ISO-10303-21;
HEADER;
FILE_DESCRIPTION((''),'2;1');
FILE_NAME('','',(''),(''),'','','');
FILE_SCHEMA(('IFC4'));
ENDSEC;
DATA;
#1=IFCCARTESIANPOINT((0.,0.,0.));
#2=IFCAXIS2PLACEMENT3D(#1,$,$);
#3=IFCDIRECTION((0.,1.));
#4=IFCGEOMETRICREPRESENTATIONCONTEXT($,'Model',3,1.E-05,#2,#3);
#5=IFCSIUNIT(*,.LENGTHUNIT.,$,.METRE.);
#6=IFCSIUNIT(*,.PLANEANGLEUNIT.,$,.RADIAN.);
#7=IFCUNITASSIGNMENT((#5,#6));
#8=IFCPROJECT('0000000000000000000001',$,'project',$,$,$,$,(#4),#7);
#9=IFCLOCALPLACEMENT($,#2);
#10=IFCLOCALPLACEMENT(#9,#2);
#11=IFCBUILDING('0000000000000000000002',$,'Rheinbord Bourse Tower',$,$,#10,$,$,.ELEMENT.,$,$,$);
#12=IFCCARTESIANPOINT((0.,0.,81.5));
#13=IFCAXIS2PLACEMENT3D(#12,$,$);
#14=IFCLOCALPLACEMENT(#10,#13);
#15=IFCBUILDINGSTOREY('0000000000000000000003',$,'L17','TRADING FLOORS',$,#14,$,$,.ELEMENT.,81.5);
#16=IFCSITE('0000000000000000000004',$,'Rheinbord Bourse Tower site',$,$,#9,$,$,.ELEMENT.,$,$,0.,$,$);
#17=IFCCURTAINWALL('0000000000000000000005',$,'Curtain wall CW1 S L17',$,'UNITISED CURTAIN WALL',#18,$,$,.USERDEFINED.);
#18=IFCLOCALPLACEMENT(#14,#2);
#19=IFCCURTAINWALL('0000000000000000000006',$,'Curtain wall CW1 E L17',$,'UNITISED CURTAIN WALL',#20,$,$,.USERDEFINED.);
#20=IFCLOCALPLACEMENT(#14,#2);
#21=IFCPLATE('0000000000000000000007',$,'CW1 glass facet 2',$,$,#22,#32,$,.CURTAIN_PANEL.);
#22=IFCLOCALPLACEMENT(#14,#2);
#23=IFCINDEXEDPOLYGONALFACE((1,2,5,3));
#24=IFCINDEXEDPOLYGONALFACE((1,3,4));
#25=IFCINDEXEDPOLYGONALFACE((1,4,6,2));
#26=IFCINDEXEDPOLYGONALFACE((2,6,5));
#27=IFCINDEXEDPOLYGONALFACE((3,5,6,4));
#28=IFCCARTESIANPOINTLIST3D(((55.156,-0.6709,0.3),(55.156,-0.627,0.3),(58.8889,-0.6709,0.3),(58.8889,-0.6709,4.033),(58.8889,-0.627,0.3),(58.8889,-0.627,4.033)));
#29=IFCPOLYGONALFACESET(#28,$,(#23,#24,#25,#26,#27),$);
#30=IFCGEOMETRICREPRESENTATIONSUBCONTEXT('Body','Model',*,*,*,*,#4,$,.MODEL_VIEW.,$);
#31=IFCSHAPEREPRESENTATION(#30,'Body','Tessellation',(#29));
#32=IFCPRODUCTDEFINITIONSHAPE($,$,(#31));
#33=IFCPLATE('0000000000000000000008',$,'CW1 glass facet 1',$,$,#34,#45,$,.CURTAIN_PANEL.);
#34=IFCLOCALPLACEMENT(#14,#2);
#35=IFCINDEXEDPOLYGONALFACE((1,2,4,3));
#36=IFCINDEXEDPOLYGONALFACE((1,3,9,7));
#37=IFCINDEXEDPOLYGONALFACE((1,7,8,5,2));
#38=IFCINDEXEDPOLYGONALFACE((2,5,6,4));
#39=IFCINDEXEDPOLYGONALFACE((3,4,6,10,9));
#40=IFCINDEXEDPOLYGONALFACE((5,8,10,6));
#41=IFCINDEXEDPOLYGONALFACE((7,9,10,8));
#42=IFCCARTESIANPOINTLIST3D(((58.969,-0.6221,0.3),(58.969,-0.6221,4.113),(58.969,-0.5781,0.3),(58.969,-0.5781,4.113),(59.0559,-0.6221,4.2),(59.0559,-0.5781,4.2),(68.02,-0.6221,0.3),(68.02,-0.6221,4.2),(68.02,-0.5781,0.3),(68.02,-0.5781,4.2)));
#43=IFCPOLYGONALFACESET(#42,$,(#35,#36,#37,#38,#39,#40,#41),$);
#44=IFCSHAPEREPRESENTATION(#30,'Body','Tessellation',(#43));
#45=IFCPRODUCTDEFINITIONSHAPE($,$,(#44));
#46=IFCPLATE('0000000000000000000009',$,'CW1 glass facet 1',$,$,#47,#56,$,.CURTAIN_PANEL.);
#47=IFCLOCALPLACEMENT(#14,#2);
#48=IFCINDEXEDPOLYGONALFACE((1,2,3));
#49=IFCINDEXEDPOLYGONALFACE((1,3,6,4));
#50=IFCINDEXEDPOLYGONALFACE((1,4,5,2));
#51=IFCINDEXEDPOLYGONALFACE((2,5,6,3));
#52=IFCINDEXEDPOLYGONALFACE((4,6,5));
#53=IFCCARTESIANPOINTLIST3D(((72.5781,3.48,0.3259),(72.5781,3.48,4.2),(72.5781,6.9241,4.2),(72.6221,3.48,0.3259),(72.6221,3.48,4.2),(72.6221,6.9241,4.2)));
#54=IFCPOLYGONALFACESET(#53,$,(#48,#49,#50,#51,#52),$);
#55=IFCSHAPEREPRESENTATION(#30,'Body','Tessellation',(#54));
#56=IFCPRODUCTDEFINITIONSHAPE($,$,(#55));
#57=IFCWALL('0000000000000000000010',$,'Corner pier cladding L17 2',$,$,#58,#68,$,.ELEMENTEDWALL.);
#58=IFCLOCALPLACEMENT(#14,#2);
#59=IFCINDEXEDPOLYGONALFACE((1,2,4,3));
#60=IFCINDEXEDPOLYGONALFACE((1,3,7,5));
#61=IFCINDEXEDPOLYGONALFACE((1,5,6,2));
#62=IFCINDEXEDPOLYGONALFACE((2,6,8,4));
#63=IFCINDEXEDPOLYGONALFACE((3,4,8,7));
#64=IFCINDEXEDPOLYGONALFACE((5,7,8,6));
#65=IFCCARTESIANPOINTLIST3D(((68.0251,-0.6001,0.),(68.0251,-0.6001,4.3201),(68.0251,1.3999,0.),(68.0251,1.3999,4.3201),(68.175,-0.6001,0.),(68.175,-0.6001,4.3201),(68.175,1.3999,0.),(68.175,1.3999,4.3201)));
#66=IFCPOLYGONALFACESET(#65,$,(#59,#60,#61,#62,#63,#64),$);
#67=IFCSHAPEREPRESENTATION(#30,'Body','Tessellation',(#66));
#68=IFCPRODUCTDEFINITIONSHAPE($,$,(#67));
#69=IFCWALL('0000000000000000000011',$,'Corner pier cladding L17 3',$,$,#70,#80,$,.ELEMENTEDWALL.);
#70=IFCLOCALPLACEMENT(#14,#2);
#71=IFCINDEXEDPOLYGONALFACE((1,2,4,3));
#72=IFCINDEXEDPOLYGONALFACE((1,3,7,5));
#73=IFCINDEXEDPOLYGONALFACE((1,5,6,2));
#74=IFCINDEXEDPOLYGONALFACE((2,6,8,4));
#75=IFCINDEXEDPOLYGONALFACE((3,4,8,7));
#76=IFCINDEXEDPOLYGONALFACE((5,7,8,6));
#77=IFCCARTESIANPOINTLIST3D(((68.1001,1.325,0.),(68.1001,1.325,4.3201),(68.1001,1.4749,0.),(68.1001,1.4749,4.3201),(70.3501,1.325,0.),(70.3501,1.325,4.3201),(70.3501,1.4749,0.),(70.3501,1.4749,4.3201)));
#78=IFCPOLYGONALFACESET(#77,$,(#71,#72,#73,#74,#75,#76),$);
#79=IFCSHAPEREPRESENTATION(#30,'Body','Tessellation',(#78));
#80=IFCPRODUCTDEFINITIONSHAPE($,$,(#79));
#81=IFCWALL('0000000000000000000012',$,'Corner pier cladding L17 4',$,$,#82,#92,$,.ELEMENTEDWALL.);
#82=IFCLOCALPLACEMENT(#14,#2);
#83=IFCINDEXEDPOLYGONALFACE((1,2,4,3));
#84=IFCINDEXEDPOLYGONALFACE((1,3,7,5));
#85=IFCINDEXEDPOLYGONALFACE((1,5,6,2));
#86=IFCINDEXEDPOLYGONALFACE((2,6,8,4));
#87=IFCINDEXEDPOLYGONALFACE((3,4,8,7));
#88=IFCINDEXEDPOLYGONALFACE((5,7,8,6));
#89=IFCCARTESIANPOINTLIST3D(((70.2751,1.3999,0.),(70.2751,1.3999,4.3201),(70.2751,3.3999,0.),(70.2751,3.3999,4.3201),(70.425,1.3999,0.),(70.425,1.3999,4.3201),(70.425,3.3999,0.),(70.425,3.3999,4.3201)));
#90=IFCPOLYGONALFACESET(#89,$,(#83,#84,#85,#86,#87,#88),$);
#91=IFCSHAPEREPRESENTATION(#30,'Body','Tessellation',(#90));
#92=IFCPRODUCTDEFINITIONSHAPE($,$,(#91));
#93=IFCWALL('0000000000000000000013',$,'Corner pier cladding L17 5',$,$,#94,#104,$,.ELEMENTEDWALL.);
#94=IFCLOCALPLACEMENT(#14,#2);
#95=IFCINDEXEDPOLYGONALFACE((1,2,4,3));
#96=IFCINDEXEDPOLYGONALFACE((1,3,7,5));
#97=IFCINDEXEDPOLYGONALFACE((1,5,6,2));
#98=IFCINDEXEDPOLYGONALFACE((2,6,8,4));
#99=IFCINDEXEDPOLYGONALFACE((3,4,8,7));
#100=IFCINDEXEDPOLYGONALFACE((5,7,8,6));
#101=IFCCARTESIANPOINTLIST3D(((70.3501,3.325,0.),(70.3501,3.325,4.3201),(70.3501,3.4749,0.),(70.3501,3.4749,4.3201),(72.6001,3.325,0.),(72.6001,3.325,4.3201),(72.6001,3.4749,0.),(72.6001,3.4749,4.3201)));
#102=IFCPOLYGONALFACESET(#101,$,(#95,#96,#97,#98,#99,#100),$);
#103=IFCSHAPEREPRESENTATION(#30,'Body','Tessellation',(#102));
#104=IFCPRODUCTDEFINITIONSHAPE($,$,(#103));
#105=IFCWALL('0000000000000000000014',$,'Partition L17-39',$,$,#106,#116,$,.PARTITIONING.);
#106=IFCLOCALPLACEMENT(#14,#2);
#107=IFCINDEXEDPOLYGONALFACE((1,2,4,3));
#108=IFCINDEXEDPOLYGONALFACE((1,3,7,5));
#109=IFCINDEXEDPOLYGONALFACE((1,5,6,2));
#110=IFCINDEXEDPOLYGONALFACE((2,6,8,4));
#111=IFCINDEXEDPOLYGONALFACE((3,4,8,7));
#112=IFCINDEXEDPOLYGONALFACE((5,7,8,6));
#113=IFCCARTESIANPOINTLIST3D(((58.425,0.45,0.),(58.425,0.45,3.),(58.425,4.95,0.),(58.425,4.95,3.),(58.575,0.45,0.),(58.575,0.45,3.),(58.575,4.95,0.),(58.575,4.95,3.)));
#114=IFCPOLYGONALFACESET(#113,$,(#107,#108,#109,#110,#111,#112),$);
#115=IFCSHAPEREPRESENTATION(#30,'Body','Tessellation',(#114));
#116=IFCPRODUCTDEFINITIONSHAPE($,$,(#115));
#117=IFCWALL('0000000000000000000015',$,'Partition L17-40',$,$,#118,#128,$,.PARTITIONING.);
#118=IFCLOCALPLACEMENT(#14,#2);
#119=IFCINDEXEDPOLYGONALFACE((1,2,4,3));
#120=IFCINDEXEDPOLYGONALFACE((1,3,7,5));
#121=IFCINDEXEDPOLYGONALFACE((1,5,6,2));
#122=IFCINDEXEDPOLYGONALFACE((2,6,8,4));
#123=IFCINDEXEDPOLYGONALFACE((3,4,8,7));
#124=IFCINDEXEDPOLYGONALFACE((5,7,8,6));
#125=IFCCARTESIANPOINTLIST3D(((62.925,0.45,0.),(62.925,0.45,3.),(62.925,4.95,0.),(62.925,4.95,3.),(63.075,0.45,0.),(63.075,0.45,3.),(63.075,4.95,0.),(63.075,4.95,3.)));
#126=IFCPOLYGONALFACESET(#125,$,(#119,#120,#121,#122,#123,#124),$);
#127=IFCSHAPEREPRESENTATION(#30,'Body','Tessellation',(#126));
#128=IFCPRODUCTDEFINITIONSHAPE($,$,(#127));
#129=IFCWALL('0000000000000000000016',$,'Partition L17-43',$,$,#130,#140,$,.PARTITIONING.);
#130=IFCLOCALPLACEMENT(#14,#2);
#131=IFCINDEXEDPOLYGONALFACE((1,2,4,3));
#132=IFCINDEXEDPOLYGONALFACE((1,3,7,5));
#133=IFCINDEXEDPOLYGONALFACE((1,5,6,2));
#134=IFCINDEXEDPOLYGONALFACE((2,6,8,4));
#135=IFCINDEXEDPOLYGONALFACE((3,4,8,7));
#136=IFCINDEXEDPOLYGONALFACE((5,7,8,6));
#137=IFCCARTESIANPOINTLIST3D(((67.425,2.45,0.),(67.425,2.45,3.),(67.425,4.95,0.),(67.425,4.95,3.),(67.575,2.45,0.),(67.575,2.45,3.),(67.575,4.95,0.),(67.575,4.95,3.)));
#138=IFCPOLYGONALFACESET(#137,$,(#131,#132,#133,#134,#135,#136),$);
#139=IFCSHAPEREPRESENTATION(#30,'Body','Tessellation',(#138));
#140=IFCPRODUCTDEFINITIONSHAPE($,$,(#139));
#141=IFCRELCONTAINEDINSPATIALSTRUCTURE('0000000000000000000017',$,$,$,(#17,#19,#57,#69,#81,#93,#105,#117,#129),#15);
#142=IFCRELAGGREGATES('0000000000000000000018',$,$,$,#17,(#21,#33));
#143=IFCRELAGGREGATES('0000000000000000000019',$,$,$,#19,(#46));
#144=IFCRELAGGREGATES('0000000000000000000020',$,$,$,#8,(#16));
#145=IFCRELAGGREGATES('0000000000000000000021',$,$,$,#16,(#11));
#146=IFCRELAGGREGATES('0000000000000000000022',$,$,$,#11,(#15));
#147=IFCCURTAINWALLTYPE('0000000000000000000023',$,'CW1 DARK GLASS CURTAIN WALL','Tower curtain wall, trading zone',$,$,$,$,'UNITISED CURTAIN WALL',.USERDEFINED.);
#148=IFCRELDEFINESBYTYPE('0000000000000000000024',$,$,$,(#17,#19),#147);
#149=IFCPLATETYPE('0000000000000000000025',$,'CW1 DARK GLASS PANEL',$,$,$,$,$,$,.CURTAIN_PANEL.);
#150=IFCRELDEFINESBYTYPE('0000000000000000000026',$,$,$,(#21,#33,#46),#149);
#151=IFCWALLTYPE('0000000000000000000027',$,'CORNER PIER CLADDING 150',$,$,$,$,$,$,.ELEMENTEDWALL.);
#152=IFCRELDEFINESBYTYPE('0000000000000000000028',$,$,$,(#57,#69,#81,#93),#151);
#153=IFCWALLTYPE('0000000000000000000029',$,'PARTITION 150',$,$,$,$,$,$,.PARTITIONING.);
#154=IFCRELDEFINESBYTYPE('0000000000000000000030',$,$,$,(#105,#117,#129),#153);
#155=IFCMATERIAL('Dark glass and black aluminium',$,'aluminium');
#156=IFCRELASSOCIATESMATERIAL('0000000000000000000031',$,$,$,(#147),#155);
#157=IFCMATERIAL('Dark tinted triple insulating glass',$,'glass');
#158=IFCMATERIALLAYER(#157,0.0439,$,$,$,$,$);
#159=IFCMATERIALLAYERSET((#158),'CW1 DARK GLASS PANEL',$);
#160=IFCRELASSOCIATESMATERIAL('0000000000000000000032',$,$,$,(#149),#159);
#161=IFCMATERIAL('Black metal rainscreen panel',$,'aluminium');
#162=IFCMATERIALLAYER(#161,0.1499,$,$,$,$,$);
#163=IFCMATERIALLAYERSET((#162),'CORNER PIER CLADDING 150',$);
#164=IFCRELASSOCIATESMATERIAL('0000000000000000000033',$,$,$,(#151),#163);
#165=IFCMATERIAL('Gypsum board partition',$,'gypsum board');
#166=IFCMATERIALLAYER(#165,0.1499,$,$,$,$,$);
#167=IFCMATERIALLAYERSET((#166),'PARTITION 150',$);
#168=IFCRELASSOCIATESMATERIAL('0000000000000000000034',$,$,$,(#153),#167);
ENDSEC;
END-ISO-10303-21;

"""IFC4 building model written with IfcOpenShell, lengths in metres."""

from ifc_helpers import new_model, si_unit, direction, frame, frame_2d, origin, place, context, subcontext, project, spatial, polyline, rectangle, outline, extrude, material, layer, layer_set, type_object, element, aggregate, save


model = new_model("IFC4")

# Units and contexts
model_context = context("Model", 3, precision=1e-05, world=origin(), true_north=direction((0.0, 1.0)))
body_context = subcontext(model_context, "Body", "Model", "MODEL_VIEW")
ifc_project = project(units=[si_unit("LENGTHUNIT", "METRE"), si_unit("PLANEANGLEUNIT", "RADIAN")], contexts=[model_context])

# Site, building, storey
site_placement = place(None, origin())
site = spatial("IfcSite", under=ifc_project, at=site_placement, Name="Rheinbord Bourse Tower site", CompositionType="ELEMENT", RefElevation=0.0)
building_placement = place(site_placement, origin())
building = spatial("IfcBuilding", under=site, at=building_placement, Name="Rheinbord Bourse Tower", CompositionType="ELEMENT")
storey_placement = place(building_placement, frame((0.0, 0.0, 81.5)))
storey = spatial("IfcBuildingStorey", under=building, at=storey_placement, Name="L17", Description="TRADING FLOORS", CompositionType="ELEMENT", Elevation=81.5)

# Curtain wall
ifc_material_1 = material(Name="Dark glass and black aluminium", Category="aluminium")
curtain_wall_type = type_object("IfcCurtainWallType", Name="CW1 DARK GLASS CURTAIN WALL", Description="Tower curtain wall, trading zone", ElementType="UNITISED CURTAIN WALL", PredefinedType="USERDEFINED", material=ifc_material_1)
curtain_wall_1_placement = place(storey_placement, origin())
curtain_wall_1 = element("IfcCurtainWall", 1, at=curtain_wall_1_placement, inside=storey, type_object=curtain_wall_type, Name="Curtain wall CW1 S L17", ObjectType="UNITISED CURTAIN WALL", PredefinedType="USERDEFINED")

# Curtain wall
curtain_wall_2_placement = place(storey_placement, origin())
curtain_wall_2 = element("IfcCurtainWall", 2, at=curtain_wall_2_placement, inside=storey, type_object=curtain_wall_type, Name="Curtain wall CW1 E L17", ObjectType="UNITISED CURTAIN WALL", PredefinedType="USERDEFINED")

# Plates
ifc_material_2 = material(Name="Dark tinted triple insulating glass", Category="glass")
ifc_layer_1 = layer(ifc_material_2, 0.0439)
ifc_layer_set_1 = layer_set([ifc_layer_1], Name="CW1 DARK GLASS PANEL")
plate_type = type_object("IfcPlateType", Name="CW1 DARK GLASS PANEL", PredefinedType="CURTAIN_PANEL", material=ifc_layer_set_1)
plate_1_placement = place(storey_placement, frame((58.8889, -0.6709, 0.3), z_axis=(0.0, 1.0, 0.0), x_axis=(-1.0, 0.0, 0.0)))
plate_1 = element("IfcPlate", 3, at=plate_1_placement, type_object=plate_type, Name="CW1 glass facet 2", PredefinedType="CURTAIN_PANEL", context=body_context, shape_type="SweptSolid", body=[
    extrude(outline(polyline([(0.0, 0.0), (3.7329, 0.0), (0.0, 3.7329), (0.0, 0.0)])), origin(), (0.0, 0.0, 1.0), 0.0439),
])
plate_2_placement = place(storey_placement, frame((68.02, -0.6221, 4.2), z_axis=(0.0, 1.0, 0.0), x_axis=(0.0, 0.0, -1.0)))
plate_2 = element("IfcPlate", 4, at=plate_2_placement, type_object=plate_type, Name="CW1 glass facet 1", PredefinedType="CURTAIN_PANEL", context=body_context, shape_type="SweptSolid", body=[
    extrude(outline(polyline([(0.0, 0.0), (3.8999, 0.0), (3.8999, 9.051), (0.0869, 9.051), (0.0, 8.9641), (0.0, 0.0)])), origin(), (0.0, 0.0, 1.0), 0.0439),
])
aggregate(curtain_wall_1, [plate_1, plate_2])
plate_3_placement = place(storey_placement, frame((72.6221, 3.48, 4.2), z_axis=(-1.0, 0.0, 0.0), x_axis=(0.0, 1.0, 0.0)))
plate_3 = element("IfcPlate", 5, at=plate_3_placement, type_object=plate_type, Name="CW1 glass facet 1", PredefinedType="CURTAIN_PANEL", context=body_context, shape_type="SweptSolid", body=[
    extrude(outline(polyline([(0.0, 0.0), (3.4441, 0.0), (0.0, 3.874), (0.0, 0.0)])), origin(), (0.0, 0.0, 1.0), 0.0439),
])
aggregate(curtain_wall_2, [plate_3])

# Walls
ifc_material_3 = material(Name="Black metal rainscreen panel", Category="aluminium")
ifc_layer_2 = layer(ifc_material_3, 0.1499)
ifc_layer_set_2 = layer_set([ifc_layer_2], Name="CORNER PIER CLADDING 150")
wall_type_1 = type_object("IfcWallType", Name="CORNER PIER CLADDING 150", PredefinedType="ELEMENTEDWALL", material=ifc_layer_set_2)
wall_1_placement = place(storey_placement, frame((68.1001, -0.6001, 0.0), z_axis=(0.0, 0.0, 1.0), x_axis=(0.0, 1.0, 0.0)))
element("IfcWall", 6, at=wall_1_placement, inside=storey, type_object=wall_type_1, Name="Corner pier cladding L17 2", PredefinedType="ELEMENTEDWALL", context=body_context, shape_type="SweptSolid", body=[
    extrude(rectangle(XDim=2.0, YDim=0.1499, at=frame_2d((1.0, 0.0))), origin(), (0.0, 0.0, 1.0), 4.3201),
])
wall_2_placement = place(storey_placement, frame((68.1001, 1.3999, 0.0), z_axis=(0.0, 0.0, 1.0), x_axis=(1.0, 0.0, 0.0)))
element("IfcWall", 7, at=wall_2_placement, inside=storey, type_object=wall_type_1, Name="Corner pier cladding L17 3", PredefinedType="ELEMENTEDWALL", context=body_context, shape_type="SweptSolid", body=[
    extrude(rectangle(XDim=2.25, YDim=0.1499, at=frame_2d((1.125, 0.0))), origin(), (0.0, 0.0, 1.0), 4.3201),
])
wall_3_placement = place(storey_placement, frame((70.3501, 1.3999, 0.0), z_axis=(0.0, 0.0, 1.0), x_axis=(0.0, 1.0, 0.0)))
element("IfcWall", 8, at=wall_3_placement, inside=storey, type_object=wall_type_1, Name="Corner pier cladding L17 4", PredefinedType="ELEMENTEDWALL", context=body_context, shape_type="SweptSolid", body=[
    extrude(rectangle(XDim=2.0, YDim=0.1499, at=frame_2d((1.0, 0.0))), origin(), (0.0, 0.0, 1.0), 4.3201),
])
wall_4_placement = place(storey_placement, frame((70.3501, 3.3999, 0.0), z_axis=(0.0, 0.0, 1.0), x_axis=(1.0, 0.0, 0.0)))
element("IfcWall", 9, at=wall_4_placement, inside=storey, type_object=wall_type_1, Name="Corner pier cladding L17 5", PredefinedType="ELEMENTEDWALL", context=body_context, shape_type="SweptSolid", body=[
    extrude(rectangle(XDim=2.25, YDim=0.1499, at=frame_2d((1.125, 0.0))), origin(), (0.0, 0.0, 1.0), 4.3201),
])
ifc_material_4 = material(Name="Gypsum board partition", Category="gypsum board")
ifc_layer_3 = layer(ifc_material_4, 0.1499)
ifc_layer_set_3 = layer_set([ifc_layer_3], Name="PARTITION 150")
wall_type_2 = type_object("IfcWallType", Name="PARTITION 150", PredefinedType="PARTITIONING", material=ifc_layer_set_3)
for number, where, z_axis, x_axis, name in (
    (10, (58.5, 0.45, 0.0), (0.0, 0.0, 1.0), (0.0, 1.0, 0.0), "Partition L17-39"),
    (11, (63.0, 0.45, 0.0), (0.0, 0.0, 1.0), (0.0, 1.0, 0.0), "Partition L17-40"),
):
    element("IfcWall", number, at=place(storey_placement, frame(where, z_axis=z_axis, x_axis=x_axis)), inside=storey, type_object=wall_type_2, Name=name, PredefinedType="PARTITIONING", context=body_context, shape_type="SweptSolid", body=[
        extrude(rectangle(XDim=4.5, YDim=0.1499, at=frame_2d((2.25, 0.0))), origin(), (0.0, 0.0, 1.0), 3.0),
    ])
wall_5_placement = place(storey_placement, frame((67.5, 2.45, 0.0), z_axis=(0.0, 0.0, 1.0), x_axis=(0.0, 1.0, 0.0)))
element("IfcWall", 12, at=wall_5_placement, inside=storey, type_object=wall_type_2, Name="Partition L17-43", PredefinedType="PARTITIONING", context=body_context, shape_type="SweptSolid", body=[
    extrude(rectangle(XDim=2.5, YDim=0.1499, at=frame_2d((1.25, 0.0))), origin(), (0.0, 0.0, 1.0), 3.0),
])

save(model, "model.ifc")
